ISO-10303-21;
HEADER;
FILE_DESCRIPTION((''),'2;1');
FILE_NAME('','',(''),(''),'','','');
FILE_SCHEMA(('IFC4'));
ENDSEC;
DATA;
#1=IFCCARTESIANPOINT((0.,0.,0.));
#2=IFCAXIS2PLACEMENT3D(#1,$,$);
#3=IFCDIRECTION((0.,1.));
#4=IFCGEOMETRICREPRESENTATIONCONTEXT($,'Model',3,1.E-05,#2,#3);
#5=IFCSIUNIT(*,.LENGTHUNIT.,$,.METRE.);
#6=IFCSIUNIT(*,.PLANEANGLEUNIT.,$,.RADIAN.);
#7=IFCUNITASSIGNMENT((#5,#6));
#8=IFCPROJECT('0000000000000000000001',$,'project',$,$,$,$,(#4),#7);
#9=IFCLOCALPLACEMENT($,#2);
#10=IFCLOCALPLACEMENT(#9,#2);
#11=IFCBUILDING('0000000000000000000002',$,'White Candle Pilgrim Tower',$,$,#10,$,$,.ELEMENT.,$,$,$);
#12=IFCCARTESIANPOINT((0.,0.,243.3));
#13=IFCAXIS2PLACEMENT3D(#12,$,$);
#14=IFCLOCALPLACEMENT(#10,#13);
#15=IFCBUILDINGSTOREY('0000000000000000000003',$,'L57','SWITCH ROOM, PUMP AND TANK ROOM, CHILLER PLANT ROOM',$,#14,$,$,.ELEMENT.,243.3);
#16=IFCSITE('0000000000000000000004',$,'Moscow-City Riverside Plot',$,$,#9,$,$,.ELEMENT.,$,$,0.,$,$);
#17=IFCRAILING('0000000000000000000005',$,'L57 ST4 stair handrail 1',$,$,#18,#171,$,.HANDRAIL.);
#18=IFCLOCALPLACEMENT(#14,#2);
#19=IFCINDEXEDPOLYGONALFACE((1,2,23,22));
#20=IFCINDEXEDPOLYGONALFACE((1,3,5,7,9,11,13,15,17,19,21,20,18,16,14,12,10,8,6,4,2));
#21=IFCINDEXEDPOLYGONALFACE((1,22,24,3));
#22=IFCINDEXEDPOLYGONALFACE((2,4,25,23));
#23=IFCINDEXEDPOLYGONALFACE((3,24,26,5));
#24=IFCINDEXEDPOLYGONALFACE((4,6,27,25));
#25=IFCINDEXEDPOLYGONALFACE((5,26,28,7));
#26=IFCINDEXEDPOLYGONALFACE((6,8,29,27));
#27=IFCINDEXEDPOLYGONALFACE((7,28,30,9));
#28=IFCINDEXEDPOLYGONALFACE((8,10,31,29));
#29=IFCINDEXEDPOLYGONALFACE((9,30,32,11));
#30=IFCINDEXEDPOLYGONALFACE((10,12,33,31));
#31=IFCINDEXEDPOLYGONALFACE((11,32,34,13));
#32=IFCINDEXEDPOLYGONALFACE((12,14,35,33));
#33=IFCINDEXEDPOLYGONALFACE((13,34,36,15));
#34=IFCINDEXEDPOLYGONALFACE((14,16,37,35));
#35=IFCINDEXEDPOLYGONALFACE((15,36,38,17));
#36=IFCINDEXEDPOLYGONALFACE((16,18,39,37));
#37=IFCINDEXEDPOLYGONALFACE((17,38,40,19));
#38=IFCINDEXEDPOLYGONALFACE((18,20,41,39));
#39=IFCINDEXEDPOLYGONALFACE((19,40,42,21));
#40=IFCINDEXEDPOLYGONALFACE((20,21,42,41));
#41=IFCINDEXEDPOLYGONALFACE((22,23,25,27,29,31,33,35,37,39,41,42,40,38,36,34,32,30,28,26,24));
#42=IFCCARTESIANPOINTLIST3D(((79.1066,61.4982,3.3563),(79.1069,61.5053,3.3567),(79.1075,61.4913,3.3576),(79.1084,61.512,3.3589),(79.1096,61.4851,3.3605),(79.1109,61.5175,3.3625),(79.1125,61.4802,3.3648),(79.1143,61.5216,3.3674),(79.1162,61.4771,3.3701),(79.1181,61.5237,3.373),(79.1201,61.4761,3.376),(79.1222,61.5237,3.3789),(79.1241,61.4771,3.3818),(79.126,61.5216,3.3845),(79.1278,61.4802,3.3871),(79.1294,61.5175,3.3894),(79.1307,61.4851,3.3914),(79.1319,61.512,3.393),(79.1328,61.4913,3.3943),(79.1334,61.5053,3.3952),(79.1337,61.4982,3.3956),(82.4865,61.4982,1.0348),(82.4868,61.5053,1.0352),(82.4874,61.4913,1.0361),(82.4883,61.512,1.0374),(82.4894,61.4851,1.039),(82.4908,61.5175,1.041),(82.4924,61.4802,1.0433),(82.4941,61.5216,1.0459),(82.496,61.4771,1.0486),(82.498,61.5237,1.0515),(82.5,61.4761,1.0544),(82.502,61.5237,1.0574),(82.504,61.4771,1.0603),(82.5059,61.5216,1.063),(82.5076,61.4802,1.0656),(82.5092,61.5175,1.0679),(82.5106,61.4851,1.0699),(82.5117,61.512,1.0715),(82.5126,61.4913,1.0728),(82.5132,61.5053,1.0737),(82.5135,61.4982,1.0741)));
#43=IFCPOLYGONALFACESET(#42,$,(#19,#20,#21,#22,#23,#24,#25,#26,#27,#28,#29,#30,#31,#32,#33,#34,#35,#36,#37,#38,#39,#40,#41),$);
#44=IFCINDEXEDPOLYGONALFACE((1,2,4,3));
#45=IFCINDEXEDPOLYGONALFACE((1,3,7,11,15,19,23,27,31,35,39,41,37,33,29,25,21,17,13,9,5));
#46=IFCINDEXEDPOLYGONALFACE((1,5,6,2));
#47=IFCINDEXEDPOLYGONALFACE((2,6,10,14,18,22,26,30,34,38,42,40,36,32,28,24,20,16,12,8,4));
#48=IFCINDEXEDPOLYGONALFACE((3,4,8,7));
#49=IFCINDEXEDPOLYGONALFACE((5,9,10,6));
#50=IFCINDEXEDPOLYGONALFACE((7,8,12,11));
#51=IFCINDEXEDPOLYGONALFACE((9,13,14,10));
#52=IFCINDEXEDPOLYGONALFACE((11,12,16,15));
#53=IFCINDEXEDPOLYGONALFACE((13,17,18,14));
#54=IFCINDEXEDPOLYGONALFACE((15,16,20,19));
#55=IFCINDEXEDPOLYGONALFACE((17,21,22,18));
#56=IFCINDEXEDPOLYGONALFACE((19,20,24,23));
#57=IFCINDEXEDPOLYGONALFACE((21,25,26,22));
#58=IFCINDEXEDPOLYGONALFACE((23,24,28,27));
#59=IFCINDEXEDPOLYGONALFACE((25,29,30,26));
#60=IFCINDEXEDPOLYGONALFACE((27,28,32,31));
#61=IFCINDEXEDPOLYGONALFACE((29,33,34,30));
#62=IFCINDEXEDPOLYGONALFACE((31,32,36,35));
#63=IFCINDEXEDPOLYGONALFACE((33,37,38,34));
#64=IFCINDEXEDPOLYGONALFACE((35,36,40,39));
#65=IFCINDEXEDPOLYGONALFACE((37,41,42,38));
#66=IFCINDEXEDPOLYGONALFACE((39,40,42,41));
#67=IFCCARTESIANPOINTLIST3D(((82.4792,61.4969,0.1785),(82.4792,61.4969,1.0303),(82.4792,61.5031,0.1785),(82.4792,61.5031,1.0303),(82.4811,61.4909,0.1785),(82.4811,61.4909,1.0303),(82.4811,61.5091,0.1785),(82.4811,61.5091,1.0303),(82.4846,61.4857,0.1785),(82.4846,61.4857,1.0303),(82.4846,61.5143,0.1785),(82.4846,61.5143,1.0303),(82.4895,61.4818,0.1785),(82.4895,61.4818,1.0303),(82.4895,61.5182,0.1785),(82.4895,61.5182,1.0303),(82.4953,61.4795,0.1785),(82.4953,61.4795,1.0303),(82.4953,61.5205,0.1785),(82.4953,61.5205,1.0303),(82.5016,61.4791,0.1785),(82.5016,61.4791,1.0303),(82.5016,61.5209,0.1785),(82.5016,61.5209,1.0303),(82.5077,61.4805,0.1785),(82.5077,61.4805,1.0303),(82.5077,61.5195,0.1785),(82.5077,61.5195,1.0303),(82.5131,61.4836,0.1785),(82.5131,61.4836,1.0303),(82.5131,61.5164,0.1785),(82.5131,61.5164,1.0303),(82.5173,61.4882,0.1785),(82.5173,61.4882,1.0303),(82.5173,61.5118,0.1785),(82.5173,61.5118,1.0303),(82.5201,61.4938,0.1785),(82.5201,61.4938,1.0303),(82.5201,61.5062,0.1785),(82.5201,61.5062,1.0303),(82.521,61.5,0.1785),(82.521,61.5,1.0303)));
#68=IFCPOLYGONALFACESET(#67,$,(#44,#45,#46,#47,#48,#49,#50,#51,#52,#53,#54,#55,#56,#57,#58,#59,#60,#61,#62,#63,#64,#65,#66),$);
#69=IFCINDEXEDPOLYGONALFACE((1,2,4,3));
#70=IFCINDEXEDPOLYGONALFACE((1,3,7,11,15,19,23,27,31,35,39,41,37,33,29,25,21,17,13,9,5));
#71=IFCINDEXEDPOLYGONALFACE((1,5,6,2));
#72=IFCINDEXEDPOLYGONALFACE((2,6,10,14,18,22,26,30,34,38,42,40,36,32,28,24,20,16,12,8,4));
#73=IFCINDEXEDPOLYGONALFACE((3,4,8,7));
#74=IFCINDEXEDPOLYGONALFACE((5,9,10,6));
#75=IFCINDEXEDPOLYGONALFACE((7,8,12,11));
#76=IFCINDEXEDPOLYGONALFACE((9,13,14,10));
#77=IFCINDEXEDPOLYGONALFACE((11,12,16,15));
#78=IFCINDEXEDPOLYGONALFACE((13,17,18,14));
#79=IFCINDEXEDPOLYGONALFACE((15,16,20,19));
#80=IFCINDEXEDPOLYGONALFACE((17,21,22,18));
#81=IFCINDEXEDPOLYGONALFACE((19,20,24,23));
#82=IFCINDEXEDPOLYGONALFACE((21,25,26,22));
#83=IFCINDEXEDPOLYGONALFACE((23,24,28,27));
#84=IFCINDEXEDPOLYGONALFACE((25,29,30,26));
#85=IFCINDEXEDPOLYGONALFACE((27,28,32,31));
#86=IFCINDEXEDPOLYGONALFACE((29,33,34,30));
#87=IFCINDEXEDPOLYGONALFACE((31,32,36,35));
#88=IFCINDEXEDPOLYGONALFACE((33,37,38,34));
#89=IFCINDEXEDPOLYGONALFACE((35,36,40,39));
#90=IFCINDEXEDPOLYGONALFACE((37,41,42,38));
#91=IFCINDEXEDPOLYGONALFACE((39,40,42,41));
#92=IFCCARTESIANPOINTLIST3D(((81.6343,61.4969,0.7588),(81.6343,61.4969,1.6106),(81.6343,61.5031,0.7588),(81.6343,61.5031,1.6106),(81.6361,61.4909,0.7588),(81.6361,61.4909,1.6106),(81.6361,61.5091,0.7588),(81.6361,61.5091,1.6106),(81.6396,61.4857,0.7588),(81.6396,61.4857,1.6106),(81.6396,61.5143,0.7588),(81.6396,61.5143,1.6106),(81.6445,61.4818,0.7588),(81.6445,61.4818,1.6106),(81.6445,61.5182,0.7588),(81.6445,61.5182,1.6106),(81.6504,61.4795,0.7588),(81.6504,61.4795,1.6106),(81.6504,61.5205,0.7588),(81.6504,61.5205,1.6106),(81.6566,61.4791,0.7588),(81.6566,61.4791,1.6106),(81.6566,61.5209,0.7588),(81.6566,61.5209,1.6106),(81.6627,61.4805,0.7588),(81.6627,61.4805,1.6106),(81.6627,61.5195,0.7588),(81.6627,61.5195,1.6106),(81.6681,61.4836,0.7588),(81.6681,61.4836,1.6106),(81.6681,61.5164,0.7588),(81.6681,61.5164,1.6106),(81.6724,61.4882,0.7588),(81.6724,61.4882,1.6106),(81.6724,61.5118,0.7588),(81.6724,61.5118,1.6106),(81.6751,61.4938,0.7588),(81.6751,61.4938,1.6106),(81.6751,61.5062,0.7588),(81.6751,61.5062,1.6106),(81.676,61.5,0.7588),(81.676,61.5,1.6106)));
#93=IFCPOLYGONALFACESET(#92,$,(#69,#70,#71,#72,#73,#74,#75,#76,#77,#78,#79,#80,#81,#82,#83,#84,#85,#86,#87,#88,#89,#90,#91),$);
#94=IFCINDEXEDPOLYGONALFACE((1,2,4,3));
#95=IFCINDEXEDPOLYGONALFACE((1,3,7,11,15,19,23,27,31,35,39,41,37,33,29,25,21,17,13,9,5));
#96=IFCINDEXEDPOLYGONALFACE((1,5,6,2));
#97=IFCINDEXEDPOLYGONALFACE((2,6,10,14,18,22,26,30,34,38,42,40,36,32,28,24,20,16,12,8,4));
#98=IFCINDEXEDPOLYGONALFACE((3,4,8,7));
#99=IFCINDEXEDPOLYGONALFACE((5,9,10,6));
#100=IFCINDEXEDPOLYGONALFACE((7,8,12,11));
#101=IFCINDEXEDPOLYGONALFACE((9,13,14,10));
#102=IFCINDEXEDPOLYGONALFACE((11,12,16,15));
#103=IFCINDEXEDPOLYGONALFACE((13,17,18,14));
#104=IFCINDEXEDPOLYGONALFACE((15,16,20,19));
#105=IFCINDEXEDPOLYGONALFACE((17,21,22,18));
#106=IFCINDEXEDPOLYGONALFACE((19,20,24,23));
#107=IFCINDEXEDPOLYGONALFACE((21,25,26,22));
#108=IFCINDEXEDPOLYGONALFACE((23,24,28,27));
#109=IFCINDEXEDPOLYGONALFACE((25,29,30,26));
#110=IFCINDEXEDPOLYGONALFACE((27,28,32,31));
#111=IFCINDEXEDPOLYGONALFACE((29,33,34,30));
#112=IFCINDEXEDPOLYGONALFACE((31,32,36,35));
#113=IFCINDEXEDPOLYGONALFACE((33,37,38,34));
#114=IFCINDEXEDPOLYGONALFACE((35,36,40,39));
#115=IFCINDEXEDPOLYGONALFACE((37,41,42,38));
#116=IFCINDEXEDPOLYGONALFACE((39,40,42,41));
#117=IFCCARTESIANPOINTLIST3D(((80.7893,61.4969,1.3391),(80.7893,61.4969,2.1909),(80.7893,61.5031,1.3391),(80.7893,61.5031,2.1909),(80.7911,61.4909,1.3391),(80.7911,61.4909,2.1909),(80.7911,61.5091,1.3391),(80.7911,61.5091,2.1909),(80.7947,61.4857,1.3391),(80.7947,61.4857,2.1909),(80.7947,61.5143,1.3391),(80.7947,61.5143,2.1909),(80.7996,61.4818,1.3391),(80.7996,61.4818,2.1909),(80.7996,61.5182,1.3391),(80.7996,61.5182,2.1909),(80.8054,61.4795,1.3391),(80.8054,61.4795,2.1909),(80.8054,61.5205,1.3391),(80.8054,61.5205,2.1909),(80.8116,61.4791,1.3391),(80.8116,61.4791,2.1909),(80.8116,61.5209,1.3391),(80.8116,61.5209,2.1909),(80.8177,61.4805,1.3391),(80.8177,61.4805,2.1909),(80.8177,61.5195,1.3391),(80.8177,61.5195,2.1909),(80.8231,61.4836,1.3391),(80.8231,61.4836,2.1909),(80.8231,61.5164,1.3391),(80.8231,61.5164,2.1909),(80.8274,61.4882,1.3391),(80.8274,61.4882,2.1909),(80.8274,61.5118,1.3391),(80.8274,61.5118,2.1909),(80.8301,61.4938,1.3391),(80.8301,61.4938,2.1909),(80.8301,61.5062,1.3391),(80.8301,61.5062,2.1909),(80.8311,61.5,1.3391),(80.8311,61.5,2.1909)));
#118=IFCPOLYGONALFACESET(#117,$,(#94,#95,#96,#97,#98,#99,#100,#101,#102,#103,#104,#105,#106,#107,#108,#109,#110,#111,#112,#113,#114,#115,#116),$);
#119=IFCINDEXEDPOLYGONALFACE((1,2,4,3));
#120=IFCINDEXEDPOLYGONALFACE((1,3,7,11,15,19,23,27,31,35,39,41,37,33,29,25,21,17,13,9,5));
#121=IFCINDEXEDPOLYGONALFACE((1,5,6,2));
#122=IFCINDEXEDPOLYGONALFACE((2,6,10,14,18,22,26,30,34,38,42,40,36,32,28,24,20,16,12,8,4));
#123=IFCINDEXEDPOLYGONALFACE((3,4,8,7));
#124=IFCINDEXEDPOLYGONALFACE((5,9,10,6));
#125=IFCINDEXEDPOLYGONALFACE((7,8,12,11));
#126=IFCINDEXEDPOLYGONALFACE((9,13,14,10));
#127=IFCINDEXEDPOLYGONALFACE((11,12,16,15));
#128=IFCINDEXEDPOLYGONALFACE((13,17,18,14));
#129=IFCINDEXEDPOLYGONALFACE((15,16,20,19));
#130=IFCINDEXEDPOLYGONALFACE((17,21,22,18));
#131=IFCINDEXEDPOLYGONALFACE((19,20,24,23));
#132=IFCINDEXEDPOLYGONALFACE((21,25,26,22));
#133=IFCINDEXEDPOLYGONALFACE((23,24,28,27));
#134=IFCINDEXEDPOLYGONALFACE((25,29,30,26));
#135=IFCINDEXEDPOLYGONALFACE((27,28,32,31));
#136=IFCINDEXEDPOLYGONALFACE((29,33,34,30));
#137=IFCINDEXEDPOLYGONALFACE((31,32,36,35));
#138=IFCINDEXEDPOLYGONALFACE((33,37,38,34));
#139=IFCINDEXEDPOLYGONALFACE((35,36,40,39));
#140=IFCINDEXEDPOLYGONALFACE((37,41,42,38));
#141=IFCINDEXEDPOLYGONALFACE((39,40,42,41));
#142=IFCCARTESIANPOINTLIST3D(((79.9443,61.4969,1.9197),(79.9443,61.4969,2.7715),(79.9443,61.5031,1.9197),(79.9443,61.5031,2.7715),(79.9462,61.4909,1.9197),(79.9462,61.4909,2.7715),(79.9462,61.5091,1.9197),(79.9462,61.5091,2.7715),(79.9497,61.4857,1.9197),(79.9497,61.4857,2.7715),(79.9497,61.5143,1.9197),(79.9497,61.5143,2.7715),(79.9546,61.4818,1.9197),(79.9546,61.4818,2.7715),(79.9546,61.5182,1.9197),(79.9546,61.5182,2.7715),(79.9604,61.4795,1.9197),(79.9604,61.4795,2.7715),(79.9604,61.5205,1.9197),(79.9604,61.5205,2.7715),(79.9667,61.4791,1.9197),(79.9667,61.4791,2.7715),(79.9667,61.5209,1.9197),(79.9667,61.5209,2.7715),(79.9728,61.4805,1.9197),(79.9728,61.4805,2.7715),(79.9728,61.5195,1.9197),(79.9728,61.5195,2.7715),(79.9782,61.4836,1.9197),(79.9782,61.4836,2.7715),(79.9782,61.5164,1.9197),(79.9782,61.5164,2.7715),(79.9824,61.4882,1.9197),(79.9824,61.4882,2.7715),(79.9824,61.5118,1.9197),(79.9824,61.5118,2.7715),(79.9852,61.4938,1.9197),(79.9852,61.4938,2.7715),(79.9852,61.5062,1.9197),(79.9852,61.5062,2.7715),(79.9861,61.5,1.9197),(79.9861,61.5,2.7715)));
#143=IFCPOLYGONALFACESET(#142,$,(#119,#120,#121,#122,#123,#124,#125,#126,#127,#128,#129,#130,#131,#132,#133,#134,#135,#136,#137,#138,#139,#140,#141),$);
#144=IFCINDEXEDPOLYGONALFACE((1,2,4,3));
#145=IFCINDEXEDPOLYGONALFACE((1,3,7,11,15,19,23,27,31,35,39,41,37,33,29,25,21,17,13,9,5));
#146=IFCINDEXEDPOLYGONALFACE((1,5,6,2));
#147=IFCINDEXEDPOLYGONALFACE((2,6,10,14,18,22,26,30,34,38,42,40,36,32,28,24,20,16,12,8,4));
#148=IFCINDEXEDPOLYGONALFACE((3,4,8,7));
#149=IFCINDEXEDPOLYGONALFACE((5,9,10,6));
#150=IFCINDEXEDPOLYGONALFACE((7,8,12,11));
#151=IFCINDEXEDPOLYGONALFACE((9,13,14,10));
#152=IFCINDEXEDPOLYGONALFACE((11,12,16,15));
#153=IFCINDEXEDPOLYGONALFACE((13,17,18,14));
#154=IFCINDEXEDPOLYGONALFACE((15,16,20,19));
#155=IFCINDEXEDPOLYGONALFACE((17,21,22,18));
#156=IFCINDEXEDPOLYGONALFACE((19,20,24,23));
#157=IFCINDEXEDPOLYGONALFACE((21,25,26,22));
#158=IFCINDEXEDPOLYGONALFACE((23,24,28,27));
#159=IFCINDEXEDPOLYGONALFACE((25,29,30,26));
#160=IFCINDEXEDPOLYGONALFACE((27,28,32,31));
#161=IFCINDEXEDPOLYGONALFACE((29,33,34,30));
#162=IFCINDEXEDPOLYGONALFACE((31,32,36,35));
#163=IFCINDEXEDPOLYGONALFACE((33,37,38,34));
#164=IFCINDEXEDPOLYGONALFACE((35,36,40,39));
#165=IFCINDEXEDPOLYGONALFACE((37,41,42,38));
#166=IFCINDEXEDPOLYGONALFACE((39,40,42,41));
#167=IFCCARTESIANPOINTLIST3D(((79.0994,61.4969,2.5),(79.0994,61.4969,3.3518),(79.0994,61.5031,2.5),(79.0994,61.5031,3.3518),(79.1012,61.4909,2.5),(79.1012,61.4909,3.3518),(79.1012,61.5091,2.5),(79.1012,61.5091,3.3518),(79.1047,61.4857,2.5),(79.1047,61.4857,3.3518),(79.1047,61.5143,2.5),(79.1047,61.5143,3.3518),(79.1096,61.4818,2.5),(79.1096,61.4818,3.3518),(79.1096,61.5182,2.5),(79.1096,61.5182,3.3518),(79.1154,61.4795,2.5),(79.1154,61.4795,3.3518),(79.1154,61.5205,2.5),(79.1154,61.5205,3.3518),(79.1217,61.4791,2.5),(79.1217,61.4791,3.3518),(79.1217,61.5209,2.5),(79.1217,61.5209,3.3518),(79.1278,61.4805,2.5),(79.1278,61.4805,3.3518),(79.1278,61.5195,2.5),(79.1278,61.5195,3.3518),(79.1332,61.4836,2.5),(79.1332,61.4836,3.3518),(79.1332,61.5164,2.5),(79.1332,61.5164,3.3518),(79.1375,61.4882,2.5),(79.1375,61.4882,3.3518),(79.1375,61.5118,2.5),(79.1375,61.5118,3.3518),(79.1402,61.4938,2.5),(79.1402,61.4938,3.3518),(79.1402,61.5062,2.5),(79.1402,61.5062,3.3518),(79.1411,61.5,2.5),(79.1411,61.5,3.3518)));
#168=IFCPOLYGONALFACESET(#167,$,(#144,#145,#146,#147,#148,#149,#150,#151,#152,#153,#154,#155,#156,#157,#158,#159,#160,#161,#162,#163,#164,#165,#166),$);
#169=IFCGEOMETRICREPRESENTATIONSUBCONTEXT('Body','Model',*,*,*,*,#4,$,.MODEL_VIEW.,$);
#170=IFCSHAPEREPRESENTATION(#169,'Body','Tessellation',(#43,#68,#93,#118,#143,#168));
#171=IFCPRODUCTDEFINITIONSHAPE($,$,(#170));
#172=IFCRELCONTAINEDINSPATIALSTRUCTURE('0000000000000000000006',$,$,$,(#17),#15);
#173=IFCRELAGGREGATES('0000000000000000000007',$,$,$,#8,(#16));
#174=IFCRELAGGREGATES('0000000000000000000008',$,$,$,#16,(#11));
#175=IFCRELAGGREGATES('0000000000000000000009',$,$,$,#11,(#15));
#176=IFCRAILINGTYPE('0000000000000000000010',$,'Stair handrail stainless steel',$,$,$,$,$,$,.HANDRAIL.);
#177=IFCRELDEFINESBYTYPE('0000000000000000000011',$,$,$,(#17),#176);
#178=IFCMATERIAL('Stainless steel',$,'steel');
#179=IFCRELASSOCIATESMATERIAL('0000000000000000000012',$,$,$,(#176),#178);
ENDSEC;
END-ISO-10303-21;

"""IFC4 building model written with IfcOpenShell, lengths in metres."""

from ifc_helpers import new_model, si_unit, direction, frame, origin, origin_2d, place, context, subcontext, project, spatial, circle, extrude, material, type_object, element, save


model = new_model("IFC4")

# Units and contexts
model_context = context("Model", 3, precision=1e-05, world=origin(), true_north=direction((0.0, 1.0)))
body_context = subcontext(model_context, "Body", "Model", "MODEL_VIEW")
ifc_project = project(units=[si_unit("LENGTHUNIT", "METRE"), si_unit("PLANEANGLEUNIT", "RADIAN")], contexts=[model_context])

# Site, building, storey
site_placement = place(None, origin())
site = spatial("IfcSite", under=ifc_project, at=site_placement, Name="Moscow-City Riverside Plot", CompositionType="ELEMENT", RefElevation=0.0)
building_placement = place(site_placement, origin())
building = spatial("IfcBuilding", under=site, at=building_placement, Name="White Candle Pilgrim Tower", CompositionType="ELEMENT")
storey_placement = place(building_placement, frame((0.0, 0.0, 243.3)))
storey = spatial("IfcBuildingStorey", under=building, at=storey_placement, Name="L57", Description="SWITCH ROOM, PUMP AND TANK ROOM, CHILLER PLANT ROOM", CompositionType="ELEMENT", Elevation=243.3)

# Railing
ifc_material_1 = material(Name="Stainless steel", Category="steel")
railing_type_1 = type_object("IfcRailingType", Name="Stair handrail stainless steel", PredefinedType="HANDRAIL", material=ifc_material_1)
railing_1_placement = place(storey_placement, frame((82.5, 61.5, 0.1785)))
element("IfcRailing", 1, at=railing_1_placement, inside=storey, type_object=railing_type_1, Name="L57 ST4 stair handrail 1", PredefinedType="HANDRAIL", context=body_context, shape_type="SweptSolid", body=[
    extrude(circle(Radius=0.0239, at=origin_2d()), frame((0.0, 0.0, 0.876), z_axis=(-0.824285, 0.0, 0.566175), x_axis=(0.0, -1.0, 0.0)), (0.0, 0.0, 1.0), 4.1003),
    extrude(circle(Radius=0.021, at=origin_2d()), origin(), (0.0, 0.0, 1.0), 0.8518),
    extrude(circle(Radius=0.021, at=origin_2d()), frame((-0.845, 0.0, 0.5803)), (0.0, 0.0, 1.0), 0.8518),
    extrude(circle(Radius=0.021, at=origin_2d()), frame((-1.6899, 0.0, 1.1606)), (0.0, 0.0, 1.0), 0.8518),
    extrude(circle(Radius=0.021, at=origin_2d()), frame((-2.5349, 0.0, 1.7412)), (0.0, 0.0, 1.0), 0.8518),
    extrude(circle(Radius=0.021, at=origin_2d()), frame((-3.3799, 0.0, 2.3215)), (0.0, 0.0, 1.0), 0.8518),
])

save(model, "model.ifc")
